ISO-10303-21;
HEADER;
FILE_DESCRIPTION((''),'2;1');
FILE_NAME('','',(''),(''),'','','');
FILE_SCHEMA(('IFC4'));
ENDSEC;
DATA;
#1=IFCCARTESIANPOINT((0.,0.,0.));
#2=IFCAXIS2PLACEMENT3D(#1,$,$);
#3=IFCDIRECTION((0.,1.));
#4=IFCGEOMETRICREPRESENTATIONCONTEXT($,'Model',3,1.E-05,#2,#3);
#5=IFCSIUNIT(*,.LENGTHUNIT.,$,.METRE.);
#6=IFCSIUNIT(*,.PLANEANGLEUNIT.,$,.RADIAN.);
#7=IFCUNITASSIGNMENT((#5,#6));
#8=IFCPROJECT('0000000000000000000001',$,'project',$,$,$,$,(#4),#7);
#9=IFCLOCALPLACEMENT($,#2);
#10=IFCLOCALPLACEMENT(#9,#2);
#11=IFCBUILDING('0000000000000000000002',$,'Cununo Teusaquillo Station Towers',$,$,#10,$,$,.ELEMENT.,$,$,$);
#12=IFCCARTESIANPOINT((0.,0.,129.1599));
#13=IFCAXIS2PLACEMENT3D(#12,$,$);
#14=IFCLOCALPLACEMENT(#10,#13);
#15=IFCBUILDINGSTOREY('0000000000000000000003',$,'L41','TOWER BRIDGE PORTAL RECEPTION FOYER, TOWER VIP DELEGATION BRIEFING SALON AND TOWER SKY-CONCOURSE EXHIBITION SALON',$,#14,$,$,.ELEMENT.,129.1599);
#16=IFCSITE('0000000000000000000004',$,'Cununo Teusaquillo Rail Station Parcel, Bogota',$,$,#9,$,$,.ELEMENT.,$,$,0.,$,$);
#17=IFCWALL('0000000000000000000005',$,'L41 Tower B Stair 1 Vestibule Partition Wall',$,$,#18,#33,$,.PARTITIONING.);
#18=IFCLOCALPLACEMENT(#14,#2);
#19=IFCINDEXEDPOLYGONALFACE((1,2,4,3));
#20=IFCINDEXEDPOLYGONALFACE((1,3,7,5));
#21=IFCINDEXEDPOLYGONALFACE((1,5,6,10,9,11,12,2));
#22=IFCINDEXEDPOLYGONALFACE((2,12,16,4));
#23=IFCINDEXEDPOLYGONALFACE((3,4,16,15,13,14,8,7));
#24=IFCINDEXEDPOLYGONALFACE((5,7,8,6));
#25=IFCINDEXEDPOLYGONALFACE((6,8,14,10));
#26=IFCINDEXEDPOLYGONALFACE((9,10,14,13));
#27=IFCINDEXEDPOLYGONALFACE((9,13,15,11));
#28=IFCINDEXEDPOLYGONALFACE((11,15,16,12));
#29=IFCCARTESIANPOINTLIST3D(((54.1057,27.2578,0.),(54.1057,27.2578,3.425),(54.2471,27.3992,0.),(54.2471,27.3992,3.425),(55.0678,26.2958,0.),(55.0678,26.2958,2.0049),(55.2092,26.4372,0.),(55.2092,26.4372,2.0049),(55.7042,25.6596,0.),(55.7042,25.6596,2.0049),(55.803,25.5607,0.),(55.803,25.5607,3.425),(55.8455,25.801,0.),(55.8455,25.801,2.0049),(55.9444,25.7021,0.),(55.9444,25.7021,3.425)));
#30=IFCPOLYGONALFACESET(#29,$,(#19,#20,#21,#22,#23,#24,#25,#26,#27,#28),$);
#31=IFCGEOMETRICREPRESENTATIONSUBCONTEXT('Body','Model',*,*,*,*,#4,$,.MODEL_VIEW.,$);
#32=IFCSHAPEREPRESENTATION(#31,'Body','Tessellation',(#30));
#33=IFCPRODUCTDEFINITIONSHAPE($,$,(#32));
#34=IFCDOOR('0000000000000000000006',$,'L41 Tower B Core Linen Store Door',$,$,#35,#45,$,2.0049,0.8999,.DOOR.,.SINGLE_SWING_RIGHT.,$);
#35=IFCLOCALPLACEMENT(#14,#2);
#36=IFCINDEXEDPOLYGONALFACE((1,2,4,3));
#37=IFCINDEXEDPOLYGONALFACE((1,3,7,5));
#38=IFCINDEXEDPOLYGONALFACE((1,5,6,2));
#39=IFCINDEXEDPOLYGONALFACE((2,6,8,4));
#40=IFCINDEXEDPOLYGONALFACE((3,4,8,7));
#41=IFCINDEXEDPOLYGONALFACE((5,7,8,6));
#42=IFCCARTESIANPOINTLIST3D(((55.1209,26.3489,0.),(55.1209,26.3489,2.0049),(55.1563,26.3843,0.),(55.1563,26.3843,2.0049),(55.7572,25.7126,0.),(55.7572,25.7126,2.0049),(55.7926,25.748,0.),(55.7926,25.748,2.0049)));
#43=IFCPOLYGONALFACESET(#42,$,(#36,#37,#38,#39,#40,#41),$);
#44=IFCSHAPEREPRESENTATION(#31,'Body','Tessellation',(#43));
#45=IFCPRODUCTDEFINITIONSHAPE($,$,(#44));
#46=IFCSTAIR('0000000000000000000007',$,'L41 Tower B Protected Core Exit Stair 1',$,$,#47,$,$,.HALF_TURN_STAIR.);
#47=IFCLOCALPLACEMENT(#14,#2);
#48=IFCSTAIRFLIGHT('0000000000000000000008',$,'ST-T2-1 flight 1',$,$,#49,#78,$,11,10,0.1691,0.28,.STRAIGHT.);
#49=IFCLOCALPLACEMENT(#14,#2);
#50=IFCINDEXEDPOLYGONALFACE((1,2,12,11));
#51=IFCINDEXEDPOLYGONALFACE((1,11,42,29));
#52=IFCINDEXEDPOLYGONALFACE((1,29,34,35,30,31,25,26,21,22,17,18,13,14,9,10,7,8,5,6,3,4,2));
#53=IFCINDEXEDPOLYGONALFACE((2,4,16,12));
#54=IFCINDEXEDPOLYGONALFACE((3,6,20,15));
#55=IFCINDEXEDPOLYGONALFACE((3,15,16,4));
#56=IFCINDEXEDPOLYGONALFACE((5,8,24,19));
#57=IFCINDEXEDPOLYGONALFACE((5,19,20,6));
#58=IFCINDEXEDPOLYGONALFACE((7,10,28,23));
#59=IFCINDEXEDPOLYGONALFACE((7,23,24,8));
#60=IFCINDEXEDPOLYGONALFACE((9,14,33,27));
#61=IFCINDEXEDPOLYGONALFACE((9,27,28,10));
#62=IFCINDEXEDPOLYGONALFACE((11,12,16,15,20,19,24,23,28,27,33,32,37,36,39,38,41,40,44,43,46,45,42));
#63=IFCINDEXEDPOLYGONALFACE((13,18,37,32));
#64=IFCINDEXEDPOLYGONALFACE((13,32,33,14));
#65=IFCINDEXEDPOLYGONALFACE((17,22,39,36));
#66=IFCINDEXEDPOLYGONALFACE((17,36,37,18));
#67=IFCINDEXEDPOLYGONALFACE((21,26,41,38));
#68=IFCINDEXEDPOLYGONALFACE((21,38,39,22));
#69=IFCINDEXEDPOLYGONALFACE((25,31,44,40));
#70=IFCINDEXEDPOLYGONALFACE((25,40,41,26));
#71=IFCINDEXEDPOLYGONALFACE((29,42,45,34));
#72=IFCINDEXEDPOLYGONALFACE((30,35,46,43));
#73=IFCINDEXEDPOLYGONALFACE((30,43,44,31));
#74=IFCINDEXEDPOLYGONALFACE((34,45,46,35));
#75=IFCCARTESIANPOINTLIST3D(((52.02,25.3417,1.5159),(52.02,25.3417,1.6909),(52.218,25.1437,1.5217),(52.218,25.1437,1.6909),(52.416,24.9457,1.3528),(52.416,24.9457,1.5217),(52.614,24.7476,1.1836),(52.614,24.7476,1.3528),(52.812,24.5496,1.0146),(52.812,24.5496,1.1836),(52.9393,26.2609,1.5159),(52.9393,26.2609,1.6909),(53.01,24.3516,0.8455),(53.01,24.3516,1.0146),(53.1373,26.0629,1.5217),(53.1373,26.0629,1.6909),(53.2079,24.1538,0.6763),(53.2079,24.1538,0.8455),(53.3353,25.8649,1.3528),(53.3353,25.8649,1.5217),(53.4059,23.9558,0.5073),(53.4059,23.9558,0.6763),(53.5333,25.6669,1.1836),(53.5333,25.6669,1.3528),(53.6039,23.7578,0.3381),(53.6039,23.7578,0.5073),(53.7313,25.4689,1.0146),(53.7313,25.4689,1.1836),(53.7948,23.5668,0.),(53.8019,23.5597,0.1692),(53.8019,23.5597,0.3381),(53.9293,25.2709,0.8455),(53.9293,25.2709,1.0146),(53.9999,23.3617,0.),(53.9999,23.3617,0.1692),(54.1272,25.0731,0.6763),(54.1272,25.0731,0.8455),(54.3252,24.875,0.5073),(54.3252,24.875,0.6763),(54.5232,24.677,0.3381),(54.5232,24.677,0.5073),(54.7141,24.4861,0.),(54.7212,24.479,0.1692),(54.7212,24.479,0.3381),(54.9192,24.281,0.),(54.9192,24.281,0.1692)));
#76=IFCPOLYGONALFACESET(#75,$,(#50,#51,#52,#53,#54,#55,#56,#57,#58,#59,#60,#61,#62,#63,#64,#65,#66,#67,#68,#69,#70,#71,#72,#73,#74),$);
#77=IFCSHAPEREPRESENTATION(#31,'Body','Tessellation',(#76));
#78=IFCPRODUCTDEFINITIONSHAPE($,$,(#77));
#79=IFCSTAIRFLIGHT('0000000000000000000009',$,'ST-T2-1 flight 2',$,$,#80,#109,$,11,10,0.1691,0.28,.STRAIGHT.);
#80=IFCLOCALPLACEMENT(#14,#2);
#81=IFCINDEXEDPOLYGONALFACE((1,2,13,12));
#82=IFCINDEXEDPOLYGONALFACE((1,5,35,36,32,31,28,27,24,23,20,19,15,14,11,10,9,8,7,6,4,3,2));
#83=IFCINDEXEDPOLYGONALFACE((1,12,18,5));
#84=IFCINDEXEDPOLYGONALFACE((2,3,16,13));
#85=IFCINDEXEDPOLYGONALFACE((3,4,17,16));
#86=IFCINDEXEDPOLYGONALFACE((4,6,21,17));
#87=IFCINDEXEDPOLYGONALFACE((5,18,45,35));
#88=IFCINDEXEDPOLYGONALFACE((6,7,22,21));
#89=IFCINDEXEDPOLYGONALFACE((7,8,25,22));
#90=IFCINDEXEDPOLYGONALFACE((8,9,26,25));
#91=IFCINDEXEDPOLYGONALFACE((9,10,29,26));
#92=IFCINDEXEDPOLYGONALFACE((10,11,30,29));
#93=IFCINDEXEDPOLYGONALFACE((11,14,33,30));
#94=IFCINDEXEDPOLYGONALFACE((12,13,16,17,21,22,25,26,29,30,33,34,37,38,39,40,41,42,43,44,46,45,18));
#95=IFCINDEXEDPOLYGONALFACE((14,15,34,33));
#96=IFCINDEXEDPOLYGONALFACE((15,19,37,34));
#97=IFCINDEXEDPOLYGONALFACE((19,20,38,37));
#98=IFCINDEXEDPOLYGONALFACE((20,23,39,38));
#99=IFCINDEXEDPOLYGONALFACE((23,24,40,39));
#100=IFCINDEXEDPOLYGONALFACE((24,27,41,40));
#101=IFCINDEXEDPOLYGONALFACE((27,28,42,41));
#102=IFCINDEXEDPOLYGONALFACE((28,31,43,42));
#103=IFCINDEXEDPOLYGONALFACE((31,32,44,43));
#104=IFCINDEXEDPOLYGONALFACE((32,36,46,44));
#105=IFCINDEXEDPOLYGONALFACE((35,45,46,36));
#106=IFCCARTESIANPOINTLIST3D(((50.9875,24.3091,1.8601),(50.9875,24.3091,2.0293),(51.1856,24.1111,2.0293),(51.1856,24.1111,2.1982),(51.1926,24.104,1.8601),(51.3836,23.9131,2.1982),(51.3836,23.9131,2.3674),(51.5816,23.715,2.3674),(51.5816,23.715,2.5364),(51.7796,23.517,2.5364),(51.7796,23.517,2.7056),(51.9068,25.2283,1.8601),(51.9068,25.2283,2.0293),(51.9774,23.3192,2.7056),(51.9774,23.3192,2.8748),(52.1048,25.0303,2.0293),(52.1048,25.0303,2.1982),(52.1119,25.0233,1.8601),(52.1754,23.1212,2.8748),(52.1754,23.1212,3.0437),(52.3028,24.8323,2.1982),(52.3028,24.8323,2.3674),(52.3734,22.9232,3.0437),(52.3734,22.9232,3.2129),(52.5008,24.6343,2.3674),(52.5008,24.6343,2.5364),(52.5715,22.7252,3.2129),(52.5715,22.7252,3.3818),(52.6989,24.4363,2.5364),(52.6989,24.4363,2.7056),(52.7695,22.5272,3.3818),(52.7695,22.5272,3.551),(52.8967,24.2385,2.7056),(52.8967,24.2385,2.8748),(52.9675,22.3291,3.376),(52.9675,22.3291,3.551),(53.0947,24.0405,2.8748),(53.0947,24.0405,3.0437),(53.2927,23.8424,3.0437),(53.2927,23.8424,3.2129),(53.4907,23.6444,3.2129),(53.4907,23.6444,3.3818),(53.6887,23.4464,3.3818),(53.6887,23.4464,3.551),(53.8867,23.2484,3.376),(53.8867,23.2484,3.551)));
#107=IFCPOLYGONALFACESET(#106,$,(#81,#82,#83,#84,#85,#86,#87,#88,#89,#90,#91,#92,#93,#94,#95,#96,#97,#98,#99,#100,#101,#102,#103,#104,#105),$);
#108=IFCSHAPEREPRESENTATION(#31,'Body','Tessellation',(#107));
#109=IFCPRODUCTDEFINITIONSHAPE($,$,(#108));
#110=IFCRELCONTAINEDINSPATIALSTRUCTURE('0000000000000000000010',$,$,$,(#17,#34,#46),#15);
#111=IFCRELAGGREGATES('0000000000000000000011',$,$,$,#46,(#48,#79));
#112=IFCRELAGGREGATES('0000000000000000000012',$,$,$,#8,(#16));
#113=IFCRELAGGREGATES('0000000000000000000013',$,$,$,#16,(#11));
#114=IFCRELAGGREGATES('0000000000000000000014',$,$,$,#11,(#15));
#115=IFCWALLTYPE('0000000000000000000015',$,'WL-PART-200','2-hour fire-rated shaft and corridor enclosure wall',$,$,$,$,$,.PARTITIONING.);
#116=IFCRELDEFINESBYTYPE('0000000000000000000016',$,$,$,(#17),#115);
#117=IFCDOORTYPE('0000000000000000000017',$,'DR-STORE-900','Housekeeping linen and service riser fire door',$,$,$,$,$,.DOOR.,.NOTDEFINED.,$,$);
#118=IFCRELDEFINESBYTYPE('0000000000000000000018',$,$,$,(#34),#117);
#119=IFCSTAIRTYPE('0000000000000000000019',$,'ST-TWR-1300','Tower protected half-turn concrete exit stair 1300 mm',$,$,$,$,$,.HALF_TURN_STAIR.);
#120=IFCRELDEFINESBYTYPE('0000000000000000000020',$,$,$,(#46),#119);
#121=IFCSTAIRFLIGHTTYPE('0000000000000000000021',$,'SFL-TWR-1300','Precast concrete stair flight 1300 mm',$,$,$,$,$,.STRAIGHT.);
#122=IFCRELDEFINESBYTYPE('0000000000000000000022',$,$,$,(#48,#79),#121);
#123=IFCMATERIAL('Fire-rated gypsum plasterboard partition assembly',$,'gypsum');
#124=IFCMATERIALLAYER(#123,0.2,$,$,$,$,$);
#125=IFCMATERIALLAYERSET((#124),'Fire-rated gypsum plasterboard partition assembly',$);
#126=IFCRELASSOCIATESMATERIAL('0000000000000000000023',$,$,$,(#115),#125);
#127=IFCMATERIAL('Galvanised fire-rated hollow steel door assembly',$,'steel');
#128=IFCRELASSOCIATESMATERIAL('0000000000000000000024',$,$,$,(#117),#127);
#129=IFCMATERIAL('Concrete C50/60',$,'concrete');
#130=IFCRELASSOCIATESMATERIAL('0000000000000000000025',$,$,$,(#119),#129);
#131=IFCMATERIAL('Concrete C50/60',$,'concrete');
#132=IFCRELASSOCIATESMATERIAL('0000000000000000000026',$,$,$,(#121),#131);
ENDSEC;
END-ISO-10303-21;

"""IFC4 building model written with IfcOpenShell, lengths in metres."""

from ifc_helpers import new_model, si_unit, direction, frame, frame_2d, origin, place, context, subcontext, project, spatial, polyline, rectangle, outline, extrude, source, transform, mapped, material, layer, layer_set, type_object, element, fill, aggregate, save


model = new_model("IFC4")

# Units and contexts
model_context = context("Model", 3, precision=1e-05, world=origin(), true_north=direction((0.0, 1.0)))
body_context = subcontext(model_context, "Body", "Model", "MODEL_VIEW")
ifc_project = project(units=[si_unit("LENGTHUNIT", "METRE"), si_unit("PLANEANGLEUNIT", "RADIAN")], contexts=[model_context])

# Site, building, storey
site_placement = place(None, origin())
site = spatial("IfcSite", under=ifc_project, at=site_placement, Name="Cununo Teusaquillo Rail Station Parcel, Bogota", CompositionType="ELEMENT", RefElevation=0.0)
building_placement = place(site_placement, origin())
building = spatial("IfcBuilding", under=site, at=building_placement, Name="Cununo Teusaquillo Station Towers", CompositionType="ELEMENT")
storey_placement = place(building_placement, frame((0.0, 0.0, 129.1599)))
storey = spatial("IfcBuildingStorey", under=building, at=storey_placement, Name="L41", Description="TOWER BRIDGE PORTAL RECEPTION FOYER, TOWER VIP DELEGATION BRIEFING SALON AND TOWER SKY-CONCOURSE EXHIBITION SALON", CompositionType="ELEMENT", Elevation=129.1599)

# Wall, opening, door
ifc_material_1 = material(Name="Fire-rated gypsum plasterboard partition assembly", Category="gypsum")
ifc_layer_1 = layer(ifc_material_1, 0.2)
ifc_layer_set_1 = layer_set([ifc_layer_1], Name="Fire-rated gypsum plasterboard partition assembly")
wall_type_1 = type_object("IfcWallType", Name="WL-PART-200", Description="2-hour fire-rated shaft and corridor enclosure wall", PredefinedType="PARTITIONING", material=ifc_layer_set_1)
shared_shape_1 = source(origin(), body_context, "Body", "SweptSolid", [
    extrude(rectangle(XDim=0.8999, YDim=2.0049, at=frame_2d((0.45, 1.0024))), frame((0.0, 0.1099, 0.0), z_axis=(0.0, -1.0, 0.0), x_axis=(1.0, 0.0, 0.0)), (0.0, 0.0, 1.0), 0.22),
])
ifc_material_2 = material(Name="Galvanised fire-rated hollow steel door assembly", Category="steel")
door_type_1 = type_object("IfcDoorType", Name="DR-STORE-900", Description="Housekeeping linen and service riser fire door", OperationType="NOTDEFINED", PredefinedType="DOOR", material=ifc_material_2)
shared_shape_2 = source(origin(), body_context, "Body", "SweptSolid", [
    extrude(rectangle(XDim=0.8999, YDim=2.0049, at=frame_2d((0.45, 1.0024))), frame((0.0, 0.0249, 0.0), z_axis=(0.0, -1.0, 0.0), x_axis=(1.0, 0.0, 0.0)), (0.0, 0.0, 1.0), 0.05),
])
wall_1_placement = place(storey_placement, frame((55.8738, 25.6313, 0.0), z_axis=(0.0, 0.0, 1.0), x_axis=(-0.707158, 0.707056, 0.0)))
wall_1 = element("IfcWall", 1, at=wall_1_placement, inside=storey, type_object=wall_type_1, Name="L41 Tower B Stair 1 Vestibule Partition Wall", PredefinedType="PARTITIONING", context=body_context, shape_type="SweptSolid", body=[
    extrude(rectangle(XDim=2.4001, YDim=0.2, at=frame_2d((1.2002, 0.0))), origin(), (0.0, 0.0, 1.0), 3.425),
])
opening_1_placement = place(wall_1_placement, frame((0.1399, 0.0, 0.0)))
opening_1 = element("IfcOpeningElement", 2, at=opening_1_placement, cuts=wall_1, PredefinedType="OPENING", context=body_context, shape_type="MappedRepresentation", body=[
    mapped(shared_shape_1, transform((0.0, 0.0, 0.0), x_axis=(1.0, 0.0, 0.0), y_axis=(0.0, 1.0, 0.0), z_axis=(0.0, 0.0, 1.0), scale=1.0)),
])
door_1_placement = place(opening_1_placement, origin())
door_1 = element("IfcDoor", 3, at=door_1_placement, inside=storey, type_object=door_type_1, Name="L41 Tower B Core Linen Store Door", OperationType="SINGLE_SWING_RIGHT", OverallHeight=2.0049, OverallWidth=0.8999, PredefinedType="DOOR", context=body_context, shape_type="MappedRepresentation", body=[
    mapped(shared_shape_2, transform((0.0, 0.0, 0.0), x_axis=(1.0, 0.0, 0.0), y_axis=(0.0, 1.0, 0.0), z_axis=(0.0, 0.0, 1.0), scale=1.0)),
])
fill(opening_1, door_1)

# Stair, stair flights
ifc_material_3 = material(Name="Concrete C50/60", Category="concrete")
stair_type = type_object("IfcStairType", Name="ST-TWR-1300", Description="Tower protected half-turn concrete exit stair 1300 mm", PredefinedType="HALF_TURN_STAIR", material=ifc_material_3)
stair_placement = place(storey_placement, origin())
stair = element("IfcStair", 4, at=stair_placement, inside=storey, type_object=stair_type, Name="L41 Tower B Protected Core Exit Stair 1", PredefinedType="HALF_TURN_STAIR")
ifc_material_4 = material(Name="Concrete C50/60", Category="concrete")
stair_flight_type = type_object("IfcStairFlightType", Name="SFL-TWR-1300", Description="Precast concrete stair flight 1300 mm", PredefinedType="STRAIGHT", material=ifc_material_4)
stair_flight_1_placement = place(storey_placement, frame((54.4595, 23.8213, 0.0), z_axis=(0.0, 0.0, 1.0), x_axis=(-0.707107, 0.707107, 0.0)))
stair_flight_1 = element("IfcStairFlight", 5, at=stair_flight_1_placement, type_object=stair_flight_type, Name="ST-T2-1 flight 1", NumberOfRisers=11, NumberOfTreads=10, PredefinedType="STRAIGHT", RiserHeight=0.1691, TreadLength=0.28, context=body_context, shape_type="SweptSolid", body=[
    extrude(outline(polyline([(0.0, 0.0), (0.0, 0.1692), (0.28, 0.1692), (0.28, 0.3381), (0.5601, 0.3381), (0.5601, 0.5073), (0.8401, 0.5073), (0.8401, 0.6763), (1.1201, 0.6763), (1.1201, 0.8455), (1.3999, 0.8455), (1.3999, 1.0146), (1.6799, 1.0146), (1.6799, 1.1836), (1.96, 1.1836), (1.96, 1.3528), (2.24, 1.3528), (2.24, 1.5217), (2.52, 1.5217), (2.52, 1.6909), (2.8, 1.6909), (2.8, 1.8601), (2.8, 1.5159), (0.29, 0.0), (0.0, 0.0)])), frame((0.0, 0.6499, 0.0), z_axis=(0.0, -1.0, 0.0), x_axis=(1.0, 0.0, 0.0)), (0.0, 0.0, 1.0), 1.3),
])
stair_flight_2_placement = place(storey_placement, frame((51.4473, 24.7688, 1.8601), z_axis=(0.0, 0.0, 1.0), x_axis=(0.707107, -0.707107, 0.0)))
stair_flight_2 = element("IfcStairFlight", 6, at=stair_flight_2_placement, type_object=stair_flight_type, Name="ST-T2-1 flight 2", NumberOfRisers=11, NumberOfTreads=10, PredefinedType="STRAIGHT", RiserHeight=0.1691, TreadLength=0.28, context=body_context, shape_type="SweptSolid", body=[
    extrude(outline(polyline([(0.0, 0.0), (0.0, 0.1692), (0.28, 0.1692), (0.28, 0.3381), (0.5601, 0.3381), (0.5601, 0.5073), (0.8401, 0.5073), (0.8401, 0.6763), (1.1201, 0.6763), (1.1201, 0.8455), (1.3999, 0.8455), (1.3999, 1.0146), (1.6799, 1.0146), (1.6799, 1.1836), (1.96, 1.1836), (1.96, 1.3528), (2.24, 1.3528), (2.24, 1.5217), (2.52, 1.5217), (2.52, 1.6909), (2.8, 1.6909), (2.8, 1.8601), (2.8, 1.5159), (0.29, 0.0), (0.0, 0.0)])), frame((0.0, 0.6499, 0.0), z_axis=(0.0, -1.0, 0.0), x_axis=(1.0, 0.0, 0.0)), (0.0, 0.0, 1.0), 1.3),
])
aggregate(stair, [stair_flight_1, stair_flight_2])

save(model, "model.ifc")
